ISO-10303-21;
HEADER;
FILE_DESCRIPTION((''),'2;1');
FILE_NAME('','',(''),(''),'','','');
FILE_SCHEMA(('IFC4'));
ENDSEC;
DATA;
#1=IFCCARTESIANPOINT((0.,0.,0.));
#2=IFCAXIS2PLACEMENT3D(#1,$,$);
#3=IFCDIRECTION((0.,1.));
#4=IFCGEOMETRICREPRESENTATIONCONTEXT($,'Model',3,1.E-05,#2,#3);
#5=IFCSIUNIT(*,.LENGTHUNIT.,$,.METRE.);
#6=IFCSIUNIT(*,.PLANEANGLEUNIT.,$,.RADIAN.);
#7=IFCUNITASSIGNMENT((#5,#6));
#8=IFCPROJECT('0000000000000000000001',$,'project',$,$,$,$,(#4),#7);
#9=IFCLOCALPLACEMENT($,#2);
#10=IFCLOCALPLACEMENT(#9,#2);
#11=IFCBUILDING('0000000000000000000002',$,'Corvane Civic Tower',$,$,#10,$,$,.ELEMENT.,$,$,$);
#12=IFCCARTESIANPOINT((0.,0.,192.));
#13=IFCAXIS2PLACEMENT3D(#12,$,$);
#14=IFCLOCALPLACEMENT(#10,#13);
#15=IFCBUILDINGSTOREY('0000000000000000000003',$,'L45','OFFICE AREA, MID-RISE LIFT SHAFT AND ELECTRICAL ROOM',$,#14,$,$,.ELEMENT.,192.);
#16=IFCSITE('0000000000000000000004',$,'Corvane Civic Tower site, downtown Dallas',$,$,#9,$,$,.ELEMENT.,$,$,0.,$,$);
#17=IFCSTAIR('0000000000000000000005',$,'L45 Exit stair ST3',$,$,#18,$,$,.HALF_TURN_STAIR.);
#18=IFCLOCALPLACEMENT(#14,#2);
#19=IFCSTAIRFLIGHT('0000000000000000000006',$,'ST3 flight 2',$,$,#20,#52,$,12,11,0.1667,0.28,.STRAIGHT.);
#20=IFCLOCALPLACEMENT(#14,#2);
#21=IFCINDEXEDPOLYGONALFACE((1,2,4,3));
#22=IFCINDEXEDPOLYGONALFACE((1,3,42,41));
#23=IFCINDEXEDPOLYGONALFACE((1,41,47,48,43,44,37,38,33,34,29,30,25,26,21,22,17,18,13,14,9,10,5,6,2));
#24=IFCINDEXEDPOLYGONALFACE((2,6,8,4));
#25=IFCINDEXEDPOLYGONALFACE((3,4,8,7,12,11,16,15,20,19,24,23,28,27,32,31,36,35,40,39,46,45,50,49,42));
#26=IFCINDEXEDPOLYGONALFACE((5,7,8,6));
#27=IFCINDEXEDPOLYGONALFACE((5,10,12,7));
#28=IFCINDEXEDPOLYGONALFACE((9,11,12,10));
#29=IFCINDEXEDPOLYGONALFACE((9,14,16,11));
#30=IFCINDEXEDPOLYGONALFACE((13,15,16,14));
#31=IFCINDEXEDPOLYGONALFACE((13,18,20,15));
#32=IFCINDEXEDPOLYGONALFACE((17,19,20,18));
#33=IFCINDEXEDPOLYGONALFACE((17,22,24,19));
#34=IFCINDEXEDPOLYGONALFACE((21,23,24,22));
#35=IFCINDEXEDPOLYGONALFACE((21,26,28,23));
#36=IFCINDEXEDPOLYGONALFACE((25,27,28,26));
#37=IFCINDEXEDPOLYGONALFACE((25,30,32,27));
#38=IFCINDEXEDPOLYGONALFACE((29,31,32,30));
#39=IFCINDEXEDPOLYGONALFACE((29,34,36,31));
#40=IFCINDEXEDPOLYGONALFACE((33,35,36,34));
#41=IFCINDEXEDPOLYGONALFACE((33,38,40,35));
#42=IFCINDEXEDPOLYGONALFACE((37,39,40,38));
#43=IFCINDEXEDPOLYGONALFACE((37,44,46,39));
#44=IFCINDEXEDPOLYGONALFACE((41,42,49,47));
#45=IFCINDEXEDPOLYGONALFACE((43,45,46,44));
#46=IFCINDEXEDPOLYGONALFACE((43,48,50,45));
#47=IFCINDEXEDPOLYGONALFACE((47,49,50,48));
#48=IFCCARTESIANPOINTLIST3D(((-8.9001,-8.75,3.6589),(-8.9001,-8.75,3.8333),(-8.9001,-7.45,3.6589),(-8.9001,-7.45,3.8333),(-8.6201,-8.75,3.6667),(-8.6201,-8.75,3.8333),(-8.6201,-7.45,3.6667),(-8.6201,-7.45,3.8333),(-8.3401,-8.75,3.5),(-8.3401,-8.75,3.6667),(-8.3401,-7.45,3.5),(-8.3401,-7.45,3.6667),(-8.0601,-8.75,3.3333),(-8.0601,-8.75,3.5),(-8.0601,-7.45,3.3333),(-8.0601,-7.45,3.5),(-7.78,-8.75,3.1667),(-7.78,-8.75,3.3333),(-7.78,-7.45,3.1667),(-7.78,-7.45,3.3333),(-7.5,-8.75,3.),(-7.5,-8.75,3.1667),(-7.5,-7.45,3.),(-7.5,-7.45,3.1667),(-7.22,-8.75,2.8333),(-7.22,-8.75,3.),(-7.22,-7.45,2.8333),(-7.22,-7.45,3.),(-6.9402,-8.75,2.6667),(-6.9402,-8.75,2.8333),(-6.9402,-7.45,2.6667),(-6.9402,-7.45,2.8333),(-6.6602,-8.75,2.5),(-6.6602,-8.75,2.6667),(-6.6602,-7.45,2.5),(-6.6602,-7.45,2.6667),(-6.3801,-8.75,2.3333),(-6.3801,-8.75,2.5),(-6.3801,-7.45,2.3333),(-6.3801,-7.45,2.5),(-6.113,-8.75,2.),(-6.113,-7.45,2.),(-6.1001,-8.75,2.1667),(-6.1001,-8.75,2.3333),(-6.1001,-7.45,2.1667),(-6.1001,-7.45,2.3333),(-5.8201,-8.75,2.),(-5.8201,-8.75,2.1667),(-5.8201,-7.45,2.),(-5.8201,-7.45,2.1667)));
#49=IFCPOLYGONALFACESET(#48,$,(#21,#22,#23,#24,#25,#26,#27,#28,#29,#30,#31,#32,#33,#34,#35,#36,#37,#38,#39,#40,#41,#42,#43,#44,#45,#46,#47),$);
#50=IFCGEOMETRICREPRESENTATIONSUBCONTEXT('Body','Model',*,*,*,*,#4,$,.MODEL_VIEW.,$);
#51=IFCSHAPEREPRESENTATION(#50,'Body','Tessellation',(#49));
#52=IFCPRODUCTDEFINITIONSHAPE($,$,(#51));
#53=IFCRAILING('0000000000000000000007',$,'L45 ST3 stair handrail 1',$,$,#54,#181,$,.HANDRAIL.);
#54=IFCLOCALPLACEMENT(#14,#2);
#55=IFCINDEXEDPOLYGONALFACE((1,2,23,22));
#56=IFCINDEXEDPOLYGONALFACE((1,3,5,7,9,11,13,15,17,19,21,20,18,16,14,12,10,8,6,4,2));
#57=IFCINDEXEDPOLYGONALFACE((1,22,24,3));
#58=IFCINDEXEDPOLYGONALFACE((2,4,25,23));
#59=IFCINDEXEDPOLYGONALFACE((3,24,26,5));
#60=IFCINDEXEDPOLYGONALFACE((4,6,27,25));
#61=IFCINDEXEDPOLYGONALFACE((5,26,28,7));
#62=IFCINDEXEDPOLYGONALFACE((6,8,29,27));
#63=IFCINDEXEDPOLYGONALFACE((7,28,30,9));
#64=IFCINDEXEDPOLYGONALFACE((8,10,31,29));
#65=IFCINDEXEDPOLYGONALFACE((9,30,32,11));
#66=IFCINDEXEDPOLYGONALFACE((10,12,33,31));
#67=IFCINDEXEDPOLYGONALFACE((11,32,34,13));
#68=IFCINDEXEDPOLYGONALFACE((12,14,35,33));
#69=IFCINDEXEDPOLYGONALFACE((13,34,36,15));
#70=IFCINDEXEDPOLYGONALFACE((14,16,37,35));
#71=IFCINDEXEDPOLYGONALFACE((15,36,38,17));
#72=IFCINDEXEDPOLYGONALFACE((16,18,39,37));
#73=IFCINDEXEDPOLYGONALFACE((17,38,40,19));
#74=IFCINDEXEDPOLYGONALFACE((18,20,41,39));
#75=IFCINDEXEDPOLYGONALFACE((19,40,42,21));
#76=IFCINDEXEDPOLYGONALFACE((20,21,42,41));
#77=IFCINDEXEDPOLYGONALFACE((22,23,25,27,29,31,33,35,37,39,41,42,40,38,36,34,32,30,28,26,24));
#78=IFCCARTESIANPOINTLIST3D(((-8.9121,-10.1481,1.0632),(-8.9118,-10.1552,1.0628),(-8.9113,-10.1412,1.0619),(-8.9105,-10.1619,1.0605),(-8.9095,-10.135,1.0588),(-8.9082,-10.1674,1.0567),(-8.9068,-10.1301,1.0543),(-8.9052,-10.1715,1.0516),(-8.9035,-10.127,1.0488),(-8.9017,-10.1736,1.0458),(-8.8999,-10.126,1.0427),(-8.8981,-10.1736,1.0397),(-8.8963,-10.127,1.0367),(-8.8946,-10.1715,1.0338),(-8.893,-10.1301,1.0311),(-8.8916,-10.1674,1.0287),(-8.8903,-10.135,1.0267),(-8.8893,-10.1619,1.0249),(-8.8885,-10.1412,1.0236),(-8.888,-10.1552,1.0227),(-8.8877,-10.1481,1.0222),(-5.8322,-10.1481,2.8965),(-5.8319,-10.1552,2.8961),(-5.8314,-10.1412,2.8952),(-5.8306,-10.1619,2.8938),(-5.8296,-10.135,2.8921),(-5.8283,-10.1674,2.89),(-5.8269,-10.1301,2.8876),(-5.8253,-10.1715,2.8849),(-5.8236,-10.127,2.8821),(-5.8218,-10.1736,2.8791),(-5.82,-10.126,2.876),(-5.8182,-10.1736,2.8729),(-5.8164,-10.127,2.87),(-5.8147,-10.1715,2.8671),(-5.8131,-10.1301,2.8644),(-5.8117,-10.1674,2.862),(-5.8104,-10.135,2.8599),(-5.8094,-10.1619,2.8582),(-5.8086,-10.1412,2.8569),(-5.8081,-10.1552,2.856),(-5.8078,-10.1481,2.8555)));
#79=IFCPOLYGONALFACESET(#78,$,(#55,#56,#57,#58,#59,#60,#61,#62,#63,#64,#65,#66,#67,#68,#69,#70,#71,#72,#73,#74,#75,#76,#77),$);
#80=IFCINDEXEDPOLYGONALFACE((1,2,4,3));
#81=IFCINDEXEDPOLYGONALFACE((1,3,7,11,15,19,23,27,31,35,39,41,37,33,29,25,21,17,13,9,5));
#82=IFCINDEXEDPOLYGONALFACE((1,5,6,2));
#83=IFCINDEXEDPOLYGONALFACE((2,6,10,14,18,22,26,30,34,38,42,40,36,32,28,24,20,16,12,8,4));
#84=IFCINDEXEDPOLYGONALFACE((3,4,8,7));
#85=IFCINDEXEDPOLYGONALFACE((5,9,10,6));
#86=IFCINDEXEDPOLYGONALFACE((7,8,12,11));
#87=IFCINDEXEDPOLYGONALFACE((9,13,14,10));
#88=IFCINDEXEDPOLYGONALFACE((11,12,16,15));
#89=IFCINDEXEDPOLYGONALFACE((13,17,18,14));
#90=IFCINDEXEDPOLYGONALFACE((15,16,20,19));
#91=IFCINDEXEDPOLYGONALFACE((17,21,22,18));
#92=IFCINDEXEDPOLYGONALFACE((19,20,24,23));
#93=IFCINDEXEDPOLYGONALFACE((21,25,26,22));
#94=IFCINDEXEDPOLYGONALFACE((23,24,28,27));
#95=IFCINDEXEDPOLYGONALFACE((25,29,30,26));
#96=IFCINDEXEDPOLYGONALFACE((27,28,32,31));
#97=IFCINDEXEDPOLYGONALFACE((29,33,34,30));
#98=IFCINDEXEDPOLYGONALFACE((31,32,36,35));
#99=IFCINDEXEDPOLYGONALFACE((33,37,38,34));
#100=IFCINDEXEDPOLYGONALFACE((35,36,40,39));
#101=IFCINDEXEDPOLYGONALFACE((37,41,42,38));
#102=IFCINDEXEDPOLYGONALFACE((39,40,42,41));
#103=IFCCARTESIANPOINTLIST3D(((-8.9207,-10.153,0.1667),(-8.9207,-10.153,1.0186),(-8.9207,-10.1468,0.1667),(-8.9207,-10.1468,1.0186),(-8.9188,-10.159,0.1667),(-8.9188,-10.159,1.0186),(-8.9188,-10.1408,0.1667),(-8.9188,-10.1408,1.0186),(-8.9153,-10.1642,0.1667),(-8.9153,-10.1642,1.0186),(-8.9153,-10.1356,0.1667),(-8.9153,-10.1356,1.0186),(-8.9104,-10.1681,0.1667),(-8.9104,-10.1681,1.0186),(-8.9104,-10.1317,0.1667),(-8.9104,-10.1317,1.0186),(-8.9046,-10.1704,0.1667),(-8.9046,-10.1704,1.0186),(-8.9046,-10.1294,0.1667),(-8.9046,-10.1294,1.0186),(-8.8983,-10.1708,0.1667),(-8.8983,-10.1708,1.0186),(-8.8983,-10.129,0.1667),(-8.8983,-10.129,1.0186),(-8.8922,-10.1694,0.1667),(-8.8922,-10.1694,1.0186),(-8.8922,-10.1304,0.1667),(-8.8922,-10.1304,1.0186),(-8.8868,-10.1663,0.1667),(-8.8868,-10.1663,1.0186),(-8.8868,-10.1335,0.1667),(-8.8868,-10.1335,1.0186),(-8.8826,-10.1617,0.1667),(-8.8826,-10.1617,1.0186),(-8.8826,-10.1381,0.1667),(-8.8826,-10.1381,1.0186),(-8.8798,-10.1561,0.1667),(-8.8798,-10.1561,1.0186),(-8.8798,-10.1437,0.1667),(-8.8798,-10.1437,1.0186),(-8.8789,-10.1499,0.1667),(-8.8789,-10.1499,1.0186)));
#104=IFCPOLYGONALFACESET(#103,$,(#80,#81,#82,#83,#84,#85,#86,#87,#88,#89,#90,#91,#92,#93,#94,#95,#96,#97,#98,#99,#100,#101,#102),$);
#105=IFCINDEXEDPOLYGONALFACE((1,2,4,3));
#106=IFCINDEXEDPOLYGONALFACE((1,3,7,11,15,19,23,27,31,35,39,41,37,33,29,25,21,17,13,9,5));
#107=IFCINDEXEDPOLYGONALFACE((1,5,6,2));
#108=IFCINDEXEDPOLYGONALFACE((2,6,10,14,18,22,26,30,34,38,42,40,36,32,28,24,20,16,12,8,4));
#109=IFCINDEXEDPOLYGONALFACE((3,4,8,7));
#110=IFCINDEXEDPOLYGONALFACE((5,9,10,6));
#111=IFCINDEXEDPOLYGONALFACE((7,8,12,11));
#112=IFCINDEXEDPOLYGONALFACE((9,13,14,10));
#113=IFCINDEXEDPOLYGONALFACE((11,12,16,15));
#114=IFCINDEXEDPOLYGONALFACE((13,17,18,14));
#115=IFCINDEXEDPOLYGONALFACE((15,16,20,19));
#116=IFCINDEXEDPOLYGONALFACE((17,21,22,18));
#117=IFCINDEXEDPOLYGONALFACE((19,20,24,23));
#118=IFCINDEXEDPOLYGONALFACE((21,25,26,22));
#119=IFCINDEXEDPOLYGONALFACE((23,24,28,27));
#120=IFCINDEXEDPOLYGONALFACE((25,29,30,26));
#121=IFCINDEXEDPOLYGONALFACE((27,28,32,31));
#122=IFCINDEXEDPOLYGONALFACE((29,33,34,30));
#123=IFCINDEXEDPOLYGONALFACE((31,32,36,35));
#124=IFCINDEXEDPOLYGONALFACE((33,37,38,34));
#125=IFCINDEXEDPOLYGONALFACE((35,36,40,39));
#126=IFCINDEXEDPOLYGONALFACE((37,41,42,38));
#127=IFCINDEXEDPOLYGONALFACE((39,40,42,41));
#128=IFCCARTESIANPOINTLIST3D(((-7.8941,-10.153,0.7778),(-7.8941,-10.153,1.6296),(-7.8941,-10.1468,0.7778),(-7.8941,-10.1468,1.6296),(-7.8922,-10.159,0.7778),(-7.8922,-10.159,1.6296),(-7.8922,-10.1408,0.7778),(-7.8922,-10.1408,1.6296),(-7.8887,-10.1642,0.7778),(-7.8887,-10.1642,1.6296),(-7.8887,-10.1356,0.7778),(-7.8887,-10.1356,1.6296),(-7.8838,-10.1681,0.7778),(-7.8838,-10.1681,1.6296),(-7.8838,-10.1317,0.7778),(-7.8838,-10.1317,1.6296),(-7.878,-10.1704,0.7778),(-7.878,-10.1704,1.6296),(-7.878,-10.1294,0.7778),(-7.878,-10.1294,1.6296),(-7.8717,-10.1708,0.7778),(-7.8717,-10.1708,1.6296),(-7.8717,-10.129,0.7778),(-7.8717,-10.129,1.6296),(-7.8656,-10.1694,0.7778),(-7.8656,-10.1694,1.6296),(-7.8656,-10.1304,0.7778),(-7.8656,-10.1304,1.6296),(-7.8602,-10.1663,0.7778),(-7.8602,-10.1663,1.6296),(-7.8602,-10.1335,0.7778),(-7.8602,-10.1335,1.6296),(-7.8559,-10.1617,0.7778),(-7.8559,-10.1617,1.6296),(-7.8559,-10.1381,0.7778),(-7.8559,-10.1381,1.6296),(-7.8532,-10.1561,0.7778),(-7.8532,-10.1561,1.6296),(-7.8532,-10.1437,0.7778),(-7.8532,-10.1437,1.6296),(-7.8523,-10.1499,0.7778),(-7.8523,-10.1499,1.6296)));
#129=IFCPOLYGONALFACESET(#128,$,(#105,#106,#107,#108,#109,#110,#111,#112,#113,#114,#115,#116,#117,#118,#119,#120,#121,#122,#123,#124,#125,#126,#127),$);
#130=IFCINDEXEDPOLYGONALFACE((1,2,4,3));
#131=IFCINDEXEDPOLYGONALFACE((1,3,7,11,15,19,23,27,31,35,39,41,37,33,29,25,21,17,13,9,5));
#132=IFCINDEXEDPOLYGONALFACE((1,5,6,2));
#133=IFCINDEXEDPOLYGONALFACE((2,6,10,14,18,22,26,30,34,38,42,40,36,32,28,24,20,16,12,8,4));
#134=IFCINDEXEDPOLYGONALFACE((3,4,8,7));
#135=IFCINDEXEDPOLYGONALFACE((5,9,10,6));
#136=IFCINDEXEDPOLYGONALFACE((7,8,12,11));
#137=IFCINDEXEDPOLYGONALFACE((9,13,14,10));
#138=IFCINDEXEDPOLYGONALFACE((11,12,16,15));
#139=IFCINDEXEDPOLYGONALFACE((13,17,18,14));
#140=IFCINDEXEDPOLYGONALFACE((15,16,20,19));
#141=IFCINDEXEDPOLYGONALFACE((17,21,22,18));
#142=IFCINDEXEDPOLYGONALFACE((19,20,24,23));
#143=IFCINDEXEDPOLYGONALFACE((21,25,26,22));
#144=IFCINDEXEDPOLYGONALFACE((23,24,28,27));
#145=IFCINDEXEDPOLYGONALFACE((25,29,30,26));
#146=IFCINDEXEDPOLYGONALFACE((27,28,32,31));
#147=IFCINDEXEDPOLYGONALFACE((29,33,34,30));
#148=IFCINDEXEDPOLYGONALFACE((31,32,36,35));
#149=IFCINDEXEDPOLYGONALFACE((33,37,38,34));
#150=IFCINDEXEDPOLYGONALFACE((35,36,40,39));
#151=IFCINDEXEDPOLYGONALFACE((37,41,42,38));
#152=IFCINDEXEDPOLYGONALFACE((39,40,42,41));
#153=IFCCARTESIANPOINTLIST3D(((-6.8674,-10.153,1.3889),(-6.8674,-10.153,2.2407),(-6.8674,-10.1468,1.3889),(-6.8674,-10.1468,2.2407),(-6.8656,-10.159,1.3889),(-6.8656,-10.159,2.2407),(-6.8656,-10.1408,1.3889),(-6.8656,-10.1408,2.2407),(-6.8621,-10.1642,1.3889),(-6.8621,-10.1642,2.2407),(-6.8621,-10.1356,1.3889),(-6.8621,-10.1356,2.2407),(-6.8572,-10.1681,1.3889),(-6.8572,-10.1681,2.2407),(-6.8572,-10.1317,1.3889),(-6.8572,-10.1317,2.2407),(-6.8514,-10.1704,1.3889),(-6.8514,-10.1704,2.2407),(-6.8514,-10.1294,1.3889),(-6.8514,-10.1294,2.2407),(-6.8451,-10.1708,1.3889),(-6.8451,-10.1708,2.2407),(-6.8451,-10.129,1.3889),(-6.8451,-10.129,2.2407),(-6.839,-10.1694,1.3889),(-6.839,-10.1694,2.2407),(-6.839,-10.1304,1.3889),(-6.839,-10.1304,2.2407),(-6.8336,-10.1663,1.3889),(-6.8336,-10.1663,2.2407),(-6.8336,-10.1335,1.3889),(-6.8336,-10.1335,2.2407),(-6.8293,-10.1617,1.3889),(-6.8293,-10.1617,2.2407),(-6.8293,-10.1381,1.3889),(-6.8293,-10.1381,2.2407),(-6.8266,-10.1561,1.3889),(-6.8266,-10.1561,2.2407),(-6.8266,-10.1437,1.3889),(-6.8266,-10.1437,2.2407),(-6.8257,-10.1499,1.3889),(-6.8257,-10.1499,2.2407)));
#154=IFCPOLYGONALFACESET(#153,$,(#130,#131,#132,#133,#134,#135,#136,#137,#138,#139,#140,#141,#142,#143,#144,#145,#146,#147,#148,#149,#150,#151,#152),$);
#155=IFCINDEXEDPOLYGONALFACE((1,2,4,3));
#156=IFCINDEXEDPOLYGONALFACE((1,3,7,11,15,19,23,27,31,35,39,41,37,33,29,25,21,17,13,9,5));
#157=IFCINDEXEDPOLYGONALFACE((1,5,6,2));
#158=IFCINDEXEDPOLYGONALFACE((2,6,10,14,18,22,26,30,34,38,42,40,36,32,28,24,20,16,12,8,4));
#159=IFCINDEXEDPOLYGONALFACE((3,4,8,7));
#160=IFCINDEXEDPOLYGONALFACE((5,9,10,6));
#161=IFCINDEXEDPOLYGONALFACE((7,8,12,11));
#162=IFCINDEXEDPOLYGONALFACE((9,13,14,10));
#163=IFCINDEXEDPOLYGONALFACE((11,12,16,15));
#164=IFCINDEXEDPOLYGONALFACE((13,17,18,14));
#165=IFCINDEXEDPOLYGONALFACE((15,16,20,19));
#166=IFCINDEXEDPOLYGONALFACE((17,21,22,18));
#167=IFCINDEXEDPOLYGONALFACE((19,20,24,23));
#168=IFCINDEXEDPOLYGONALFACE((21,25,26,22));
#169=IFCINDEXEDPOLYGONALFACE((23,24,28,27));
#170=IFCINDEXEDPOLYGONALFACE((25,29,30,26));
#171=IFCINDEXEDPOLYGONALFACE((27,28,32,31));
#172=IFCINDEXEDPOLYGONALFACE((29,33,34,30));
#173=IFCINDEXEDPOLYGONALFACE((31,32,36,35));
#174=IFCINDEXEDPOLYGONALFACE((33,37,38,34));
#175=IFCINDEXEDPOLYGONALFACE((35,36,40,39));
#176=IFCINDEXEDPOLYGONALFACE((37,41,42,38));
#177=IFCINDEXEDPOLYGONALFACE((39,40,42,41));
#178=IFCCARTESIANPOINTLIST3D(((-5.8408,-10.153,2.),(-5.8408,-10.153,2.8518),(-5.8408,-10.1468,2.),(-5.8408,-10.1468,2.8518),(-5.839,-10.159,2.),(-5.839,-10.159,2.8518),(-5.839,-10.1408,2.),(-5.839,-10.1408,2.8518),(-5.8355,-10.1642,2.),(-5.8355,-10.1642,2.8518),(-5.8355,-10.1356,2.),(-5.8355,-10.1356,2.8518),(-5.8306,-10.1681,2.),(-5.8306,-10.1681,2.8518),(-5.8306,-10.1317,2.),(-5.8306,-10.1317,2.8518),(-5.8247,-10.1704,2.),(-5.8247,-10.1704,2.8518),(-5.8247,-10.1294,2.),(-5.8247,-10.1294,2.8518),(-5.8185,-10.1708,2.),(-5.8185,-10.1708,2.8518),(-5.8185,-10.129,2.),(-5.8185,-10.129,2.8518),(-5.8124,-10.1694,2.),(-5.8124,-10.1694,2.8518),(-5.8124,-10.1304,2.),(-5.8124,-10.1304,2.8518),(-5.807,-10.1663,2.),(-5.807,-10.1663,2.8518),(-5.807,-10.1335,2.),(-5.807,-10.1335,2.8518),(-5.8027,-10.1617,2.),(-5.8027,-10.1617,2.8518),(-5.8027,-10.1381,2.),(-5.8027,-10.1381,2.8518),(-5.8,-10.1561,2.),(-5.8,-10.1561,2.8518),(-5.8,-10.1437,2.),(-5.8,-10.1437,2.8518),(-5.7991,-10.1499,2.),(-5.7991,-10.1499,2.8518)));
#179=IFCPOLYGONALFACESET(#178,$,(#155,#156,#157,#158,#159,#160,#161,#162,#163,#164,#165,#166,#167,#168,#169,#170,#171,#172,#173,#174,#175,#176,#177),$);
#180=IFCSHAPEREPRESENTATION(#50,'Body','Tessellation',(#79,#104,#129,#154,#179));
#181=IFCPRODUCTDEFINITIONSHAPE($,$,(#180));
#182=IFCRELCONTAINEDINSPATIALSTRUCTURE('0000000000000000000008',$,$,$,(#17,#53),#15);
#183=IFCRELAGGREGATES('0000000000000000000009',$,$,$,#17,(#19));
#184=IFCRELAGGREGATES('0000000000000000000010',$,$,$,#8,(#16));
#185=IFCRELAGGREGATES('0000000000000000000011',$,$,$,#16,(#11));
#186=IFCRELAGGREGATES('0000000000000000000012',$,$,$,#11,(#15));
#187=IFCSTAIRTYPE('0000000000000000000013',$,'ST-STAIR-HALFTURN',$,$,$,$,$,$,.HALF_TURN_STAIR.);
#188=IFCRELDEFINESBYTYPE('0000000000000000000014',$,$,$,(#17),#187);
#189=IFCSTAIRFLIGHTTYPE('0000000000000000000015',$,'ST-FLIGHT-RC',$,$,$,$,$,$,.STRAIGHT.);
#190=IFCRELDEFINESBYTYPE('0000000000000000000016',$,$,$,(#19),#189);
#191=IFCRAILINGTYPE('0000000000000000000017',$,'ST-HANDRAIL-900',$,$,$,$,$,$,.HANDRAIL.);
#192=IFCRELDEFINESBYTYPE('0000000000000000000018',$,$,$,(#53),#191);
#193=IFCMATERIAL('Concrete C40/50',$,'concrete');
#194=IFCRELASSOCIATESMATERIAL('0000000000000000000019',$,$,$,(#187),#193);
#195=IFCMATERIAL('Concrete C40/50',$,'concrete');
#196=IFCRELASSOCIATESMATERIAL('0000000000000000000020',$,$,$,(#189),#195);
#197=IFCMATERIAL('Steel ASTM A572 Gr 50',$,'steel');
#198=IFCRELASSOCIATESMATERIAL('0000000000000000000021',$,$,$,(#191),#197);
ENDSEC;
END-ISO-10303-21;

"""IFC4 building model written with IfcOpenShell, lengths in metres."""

from ifc_helpers import new_model, si_unit, direction, frame, origin, origin_2d, place, context, subcontext, project, spatial, polyline, circle, outline, extrude, material, type_object, element, aggregate, save


model = new_model("IFC4")

# Units and contexts
model_context = context("Model", 3, precision=1e-05, world=origin(), true_north=direction((0.0, 1.0)))
body_context = subcontext(model_context, "Body", "Model", "MODEL_VIEW")
ifc_project = project(units=[si_unit("LENGTHUNIT", "METRE"), si_unit("PLANEANGLEUNIT", "RADIAN")], contexts=[model_context])

# Site, building, storey
site_placement = place(None, origin())
site = spatial("IfcSite", under=ifc_project, at=site_placement, Name="Corvane Civic Tower site, downtown Dallas", CompositionType="ELEMENT", RefElevation=0.0)
building_placement = place(site_placement, origin())
building = spatial("IfcBuilding", under=site, at=building_placement, Name="Corvane Civic Tower", CompositionType="ELEMENT")
storey_placement = place(building_placement, frame((0.0, 0.0, 192.0)))
storey = spatial("IfcBuildingStorey", under=building, at=storey_placement, Name="L45", Description="OFFICE AREA, MID-RISE LIFT SHAFT AND ELECTRICAL ROOM", CompositionType="ELEMENT", Elevation=192.0)

# Stair, stair flight
ifc_material_1 = material(Name="Concrete C40/50", Category="concrete")
stair_type = type_object("IfcStairType", Name="ST-STAIR-HALFTURN", PredefinedType="HALF_TURN_STAIR", material=ifc_material_1)
stair_placement = place(storey_placement, origin())
stair = element("IfcStair", 1, at=stair_placement, inside=storey, type_object=stair_type, Name="L45 Exit stair ST3", PredefinedType="HALF_TURN_STAIR")
ifc_material_2 = material(Name="Concrete C40/50", Category="concrete")
stair_flight_type = type_object("IfcStairFlightType", Name="ST-FLIGHT-RC", PredefinedType="STRAIGHT", material=ifc_material_2)
stair_flight_1_placement = place(storey_placement, frame((-5.8201, -8.1001, 2.0), z_axis=(0.0, 0.0, 1.0), x_axis=(-1.0, 0.0, 0.0)))
stair_flight_1 = element("IfcStairFlight", 2, at=stair_flight_1_placement, type_object=stair_flight_type, Name="ST3 flight 2", NumberOfRisers=12, NumberOfTreads=11, PredefinedType="STRAIGHT", RiserHeight=0.1667, TreadLength=0.28, context=body_context, shape_type="SweptSolid", body=[
    extrude(outline(polyline([(0.0, 0.0), (0.0, 0.1667), (0.28, 0.1667), (0.28, 0.3333), (0.5601, 0.3333), (0.5601, 0.5), (0.8401, 0.5), (0.8401, 0.6667), (1.1201, 0.6667), (1.1201, 0.8333), (1.3999, 0.8333), (1.3999, 1.0), (1.6799, 1.0), (1.6799, 1.1667), (1.96, 1.1667), (1.96, 1.3333), (2.24, 1.3333), (2.24, 1.5), (2.52, 1.5), (2.52, 1.6667), (2.8, 1.6667), (2.8, 1.8333), (3.0801, 1.8333), (3.0801, 2.0), (3.0801, 1.6589), (0.293, 0.0), (0.0, 0.0)])), frame((0.0, 0.6499, 0.0), z_axis=(0.0, -1.0, 0.0), x_axis=(1.0, 0.0, 0.0)), (0.0, 0.0, 1.0), 1.3),
])
aggregate(stair, [stair_flight_1])

# Railing
ifc_material_3 = material(Name="Steel ASTM A572 Gr 50", Category="steel")
railing_type_1 = type_object("IfcRailingType", Name="ST-HANDRAIL-900", PredefinedType="HANDRAIL", material=ifc_material_3)
railing_1_placement = place(storey_placement, frame((-8.8999, -10.1499, 0.1667)))
element("IfcRailing", 3, at=railing_1_placement, inside=storey, type_object=railing_type_1, Name="L45 ST3 stair handrail 1", PredefinedType="HANDRAIL", context=body_context, shape_type="SweptSolid", body=[
    extrude(circle(Radius=0.0239, at=origin_2d()), frame((0.0, 0.0, 0.876), z_axis=(0.859291, 0.0, 0.511487), x_axis=(0.0, 1.0, 0.0)), (0.0, 0.0, 1.0), 3.5842),
    extrude(circle(Radius=0.021, at=origin_2d()), origin(), (0.0, 0.0, 1.0), 0.8518),
    extrude(circle(Radius=0.021, at=origin_2d()), frame((1.0266, 0.0, 0.6111)), (0.0, 0.0, 1.0), 0.8518),
    extrude(circle(Radius=0.021, at=origin_2d()), frame((2.0532, 0.0, 1.2222)), (0.0, 0.0, 1.0), 0.8518),
    extrude(circle(Radius=0.021, at=origin_2d()), frame((3.0798, 0.0, 1.8333)), (0.0, 0.0, 1.0), 0.8518),
])

save(model, "model.ifc")
